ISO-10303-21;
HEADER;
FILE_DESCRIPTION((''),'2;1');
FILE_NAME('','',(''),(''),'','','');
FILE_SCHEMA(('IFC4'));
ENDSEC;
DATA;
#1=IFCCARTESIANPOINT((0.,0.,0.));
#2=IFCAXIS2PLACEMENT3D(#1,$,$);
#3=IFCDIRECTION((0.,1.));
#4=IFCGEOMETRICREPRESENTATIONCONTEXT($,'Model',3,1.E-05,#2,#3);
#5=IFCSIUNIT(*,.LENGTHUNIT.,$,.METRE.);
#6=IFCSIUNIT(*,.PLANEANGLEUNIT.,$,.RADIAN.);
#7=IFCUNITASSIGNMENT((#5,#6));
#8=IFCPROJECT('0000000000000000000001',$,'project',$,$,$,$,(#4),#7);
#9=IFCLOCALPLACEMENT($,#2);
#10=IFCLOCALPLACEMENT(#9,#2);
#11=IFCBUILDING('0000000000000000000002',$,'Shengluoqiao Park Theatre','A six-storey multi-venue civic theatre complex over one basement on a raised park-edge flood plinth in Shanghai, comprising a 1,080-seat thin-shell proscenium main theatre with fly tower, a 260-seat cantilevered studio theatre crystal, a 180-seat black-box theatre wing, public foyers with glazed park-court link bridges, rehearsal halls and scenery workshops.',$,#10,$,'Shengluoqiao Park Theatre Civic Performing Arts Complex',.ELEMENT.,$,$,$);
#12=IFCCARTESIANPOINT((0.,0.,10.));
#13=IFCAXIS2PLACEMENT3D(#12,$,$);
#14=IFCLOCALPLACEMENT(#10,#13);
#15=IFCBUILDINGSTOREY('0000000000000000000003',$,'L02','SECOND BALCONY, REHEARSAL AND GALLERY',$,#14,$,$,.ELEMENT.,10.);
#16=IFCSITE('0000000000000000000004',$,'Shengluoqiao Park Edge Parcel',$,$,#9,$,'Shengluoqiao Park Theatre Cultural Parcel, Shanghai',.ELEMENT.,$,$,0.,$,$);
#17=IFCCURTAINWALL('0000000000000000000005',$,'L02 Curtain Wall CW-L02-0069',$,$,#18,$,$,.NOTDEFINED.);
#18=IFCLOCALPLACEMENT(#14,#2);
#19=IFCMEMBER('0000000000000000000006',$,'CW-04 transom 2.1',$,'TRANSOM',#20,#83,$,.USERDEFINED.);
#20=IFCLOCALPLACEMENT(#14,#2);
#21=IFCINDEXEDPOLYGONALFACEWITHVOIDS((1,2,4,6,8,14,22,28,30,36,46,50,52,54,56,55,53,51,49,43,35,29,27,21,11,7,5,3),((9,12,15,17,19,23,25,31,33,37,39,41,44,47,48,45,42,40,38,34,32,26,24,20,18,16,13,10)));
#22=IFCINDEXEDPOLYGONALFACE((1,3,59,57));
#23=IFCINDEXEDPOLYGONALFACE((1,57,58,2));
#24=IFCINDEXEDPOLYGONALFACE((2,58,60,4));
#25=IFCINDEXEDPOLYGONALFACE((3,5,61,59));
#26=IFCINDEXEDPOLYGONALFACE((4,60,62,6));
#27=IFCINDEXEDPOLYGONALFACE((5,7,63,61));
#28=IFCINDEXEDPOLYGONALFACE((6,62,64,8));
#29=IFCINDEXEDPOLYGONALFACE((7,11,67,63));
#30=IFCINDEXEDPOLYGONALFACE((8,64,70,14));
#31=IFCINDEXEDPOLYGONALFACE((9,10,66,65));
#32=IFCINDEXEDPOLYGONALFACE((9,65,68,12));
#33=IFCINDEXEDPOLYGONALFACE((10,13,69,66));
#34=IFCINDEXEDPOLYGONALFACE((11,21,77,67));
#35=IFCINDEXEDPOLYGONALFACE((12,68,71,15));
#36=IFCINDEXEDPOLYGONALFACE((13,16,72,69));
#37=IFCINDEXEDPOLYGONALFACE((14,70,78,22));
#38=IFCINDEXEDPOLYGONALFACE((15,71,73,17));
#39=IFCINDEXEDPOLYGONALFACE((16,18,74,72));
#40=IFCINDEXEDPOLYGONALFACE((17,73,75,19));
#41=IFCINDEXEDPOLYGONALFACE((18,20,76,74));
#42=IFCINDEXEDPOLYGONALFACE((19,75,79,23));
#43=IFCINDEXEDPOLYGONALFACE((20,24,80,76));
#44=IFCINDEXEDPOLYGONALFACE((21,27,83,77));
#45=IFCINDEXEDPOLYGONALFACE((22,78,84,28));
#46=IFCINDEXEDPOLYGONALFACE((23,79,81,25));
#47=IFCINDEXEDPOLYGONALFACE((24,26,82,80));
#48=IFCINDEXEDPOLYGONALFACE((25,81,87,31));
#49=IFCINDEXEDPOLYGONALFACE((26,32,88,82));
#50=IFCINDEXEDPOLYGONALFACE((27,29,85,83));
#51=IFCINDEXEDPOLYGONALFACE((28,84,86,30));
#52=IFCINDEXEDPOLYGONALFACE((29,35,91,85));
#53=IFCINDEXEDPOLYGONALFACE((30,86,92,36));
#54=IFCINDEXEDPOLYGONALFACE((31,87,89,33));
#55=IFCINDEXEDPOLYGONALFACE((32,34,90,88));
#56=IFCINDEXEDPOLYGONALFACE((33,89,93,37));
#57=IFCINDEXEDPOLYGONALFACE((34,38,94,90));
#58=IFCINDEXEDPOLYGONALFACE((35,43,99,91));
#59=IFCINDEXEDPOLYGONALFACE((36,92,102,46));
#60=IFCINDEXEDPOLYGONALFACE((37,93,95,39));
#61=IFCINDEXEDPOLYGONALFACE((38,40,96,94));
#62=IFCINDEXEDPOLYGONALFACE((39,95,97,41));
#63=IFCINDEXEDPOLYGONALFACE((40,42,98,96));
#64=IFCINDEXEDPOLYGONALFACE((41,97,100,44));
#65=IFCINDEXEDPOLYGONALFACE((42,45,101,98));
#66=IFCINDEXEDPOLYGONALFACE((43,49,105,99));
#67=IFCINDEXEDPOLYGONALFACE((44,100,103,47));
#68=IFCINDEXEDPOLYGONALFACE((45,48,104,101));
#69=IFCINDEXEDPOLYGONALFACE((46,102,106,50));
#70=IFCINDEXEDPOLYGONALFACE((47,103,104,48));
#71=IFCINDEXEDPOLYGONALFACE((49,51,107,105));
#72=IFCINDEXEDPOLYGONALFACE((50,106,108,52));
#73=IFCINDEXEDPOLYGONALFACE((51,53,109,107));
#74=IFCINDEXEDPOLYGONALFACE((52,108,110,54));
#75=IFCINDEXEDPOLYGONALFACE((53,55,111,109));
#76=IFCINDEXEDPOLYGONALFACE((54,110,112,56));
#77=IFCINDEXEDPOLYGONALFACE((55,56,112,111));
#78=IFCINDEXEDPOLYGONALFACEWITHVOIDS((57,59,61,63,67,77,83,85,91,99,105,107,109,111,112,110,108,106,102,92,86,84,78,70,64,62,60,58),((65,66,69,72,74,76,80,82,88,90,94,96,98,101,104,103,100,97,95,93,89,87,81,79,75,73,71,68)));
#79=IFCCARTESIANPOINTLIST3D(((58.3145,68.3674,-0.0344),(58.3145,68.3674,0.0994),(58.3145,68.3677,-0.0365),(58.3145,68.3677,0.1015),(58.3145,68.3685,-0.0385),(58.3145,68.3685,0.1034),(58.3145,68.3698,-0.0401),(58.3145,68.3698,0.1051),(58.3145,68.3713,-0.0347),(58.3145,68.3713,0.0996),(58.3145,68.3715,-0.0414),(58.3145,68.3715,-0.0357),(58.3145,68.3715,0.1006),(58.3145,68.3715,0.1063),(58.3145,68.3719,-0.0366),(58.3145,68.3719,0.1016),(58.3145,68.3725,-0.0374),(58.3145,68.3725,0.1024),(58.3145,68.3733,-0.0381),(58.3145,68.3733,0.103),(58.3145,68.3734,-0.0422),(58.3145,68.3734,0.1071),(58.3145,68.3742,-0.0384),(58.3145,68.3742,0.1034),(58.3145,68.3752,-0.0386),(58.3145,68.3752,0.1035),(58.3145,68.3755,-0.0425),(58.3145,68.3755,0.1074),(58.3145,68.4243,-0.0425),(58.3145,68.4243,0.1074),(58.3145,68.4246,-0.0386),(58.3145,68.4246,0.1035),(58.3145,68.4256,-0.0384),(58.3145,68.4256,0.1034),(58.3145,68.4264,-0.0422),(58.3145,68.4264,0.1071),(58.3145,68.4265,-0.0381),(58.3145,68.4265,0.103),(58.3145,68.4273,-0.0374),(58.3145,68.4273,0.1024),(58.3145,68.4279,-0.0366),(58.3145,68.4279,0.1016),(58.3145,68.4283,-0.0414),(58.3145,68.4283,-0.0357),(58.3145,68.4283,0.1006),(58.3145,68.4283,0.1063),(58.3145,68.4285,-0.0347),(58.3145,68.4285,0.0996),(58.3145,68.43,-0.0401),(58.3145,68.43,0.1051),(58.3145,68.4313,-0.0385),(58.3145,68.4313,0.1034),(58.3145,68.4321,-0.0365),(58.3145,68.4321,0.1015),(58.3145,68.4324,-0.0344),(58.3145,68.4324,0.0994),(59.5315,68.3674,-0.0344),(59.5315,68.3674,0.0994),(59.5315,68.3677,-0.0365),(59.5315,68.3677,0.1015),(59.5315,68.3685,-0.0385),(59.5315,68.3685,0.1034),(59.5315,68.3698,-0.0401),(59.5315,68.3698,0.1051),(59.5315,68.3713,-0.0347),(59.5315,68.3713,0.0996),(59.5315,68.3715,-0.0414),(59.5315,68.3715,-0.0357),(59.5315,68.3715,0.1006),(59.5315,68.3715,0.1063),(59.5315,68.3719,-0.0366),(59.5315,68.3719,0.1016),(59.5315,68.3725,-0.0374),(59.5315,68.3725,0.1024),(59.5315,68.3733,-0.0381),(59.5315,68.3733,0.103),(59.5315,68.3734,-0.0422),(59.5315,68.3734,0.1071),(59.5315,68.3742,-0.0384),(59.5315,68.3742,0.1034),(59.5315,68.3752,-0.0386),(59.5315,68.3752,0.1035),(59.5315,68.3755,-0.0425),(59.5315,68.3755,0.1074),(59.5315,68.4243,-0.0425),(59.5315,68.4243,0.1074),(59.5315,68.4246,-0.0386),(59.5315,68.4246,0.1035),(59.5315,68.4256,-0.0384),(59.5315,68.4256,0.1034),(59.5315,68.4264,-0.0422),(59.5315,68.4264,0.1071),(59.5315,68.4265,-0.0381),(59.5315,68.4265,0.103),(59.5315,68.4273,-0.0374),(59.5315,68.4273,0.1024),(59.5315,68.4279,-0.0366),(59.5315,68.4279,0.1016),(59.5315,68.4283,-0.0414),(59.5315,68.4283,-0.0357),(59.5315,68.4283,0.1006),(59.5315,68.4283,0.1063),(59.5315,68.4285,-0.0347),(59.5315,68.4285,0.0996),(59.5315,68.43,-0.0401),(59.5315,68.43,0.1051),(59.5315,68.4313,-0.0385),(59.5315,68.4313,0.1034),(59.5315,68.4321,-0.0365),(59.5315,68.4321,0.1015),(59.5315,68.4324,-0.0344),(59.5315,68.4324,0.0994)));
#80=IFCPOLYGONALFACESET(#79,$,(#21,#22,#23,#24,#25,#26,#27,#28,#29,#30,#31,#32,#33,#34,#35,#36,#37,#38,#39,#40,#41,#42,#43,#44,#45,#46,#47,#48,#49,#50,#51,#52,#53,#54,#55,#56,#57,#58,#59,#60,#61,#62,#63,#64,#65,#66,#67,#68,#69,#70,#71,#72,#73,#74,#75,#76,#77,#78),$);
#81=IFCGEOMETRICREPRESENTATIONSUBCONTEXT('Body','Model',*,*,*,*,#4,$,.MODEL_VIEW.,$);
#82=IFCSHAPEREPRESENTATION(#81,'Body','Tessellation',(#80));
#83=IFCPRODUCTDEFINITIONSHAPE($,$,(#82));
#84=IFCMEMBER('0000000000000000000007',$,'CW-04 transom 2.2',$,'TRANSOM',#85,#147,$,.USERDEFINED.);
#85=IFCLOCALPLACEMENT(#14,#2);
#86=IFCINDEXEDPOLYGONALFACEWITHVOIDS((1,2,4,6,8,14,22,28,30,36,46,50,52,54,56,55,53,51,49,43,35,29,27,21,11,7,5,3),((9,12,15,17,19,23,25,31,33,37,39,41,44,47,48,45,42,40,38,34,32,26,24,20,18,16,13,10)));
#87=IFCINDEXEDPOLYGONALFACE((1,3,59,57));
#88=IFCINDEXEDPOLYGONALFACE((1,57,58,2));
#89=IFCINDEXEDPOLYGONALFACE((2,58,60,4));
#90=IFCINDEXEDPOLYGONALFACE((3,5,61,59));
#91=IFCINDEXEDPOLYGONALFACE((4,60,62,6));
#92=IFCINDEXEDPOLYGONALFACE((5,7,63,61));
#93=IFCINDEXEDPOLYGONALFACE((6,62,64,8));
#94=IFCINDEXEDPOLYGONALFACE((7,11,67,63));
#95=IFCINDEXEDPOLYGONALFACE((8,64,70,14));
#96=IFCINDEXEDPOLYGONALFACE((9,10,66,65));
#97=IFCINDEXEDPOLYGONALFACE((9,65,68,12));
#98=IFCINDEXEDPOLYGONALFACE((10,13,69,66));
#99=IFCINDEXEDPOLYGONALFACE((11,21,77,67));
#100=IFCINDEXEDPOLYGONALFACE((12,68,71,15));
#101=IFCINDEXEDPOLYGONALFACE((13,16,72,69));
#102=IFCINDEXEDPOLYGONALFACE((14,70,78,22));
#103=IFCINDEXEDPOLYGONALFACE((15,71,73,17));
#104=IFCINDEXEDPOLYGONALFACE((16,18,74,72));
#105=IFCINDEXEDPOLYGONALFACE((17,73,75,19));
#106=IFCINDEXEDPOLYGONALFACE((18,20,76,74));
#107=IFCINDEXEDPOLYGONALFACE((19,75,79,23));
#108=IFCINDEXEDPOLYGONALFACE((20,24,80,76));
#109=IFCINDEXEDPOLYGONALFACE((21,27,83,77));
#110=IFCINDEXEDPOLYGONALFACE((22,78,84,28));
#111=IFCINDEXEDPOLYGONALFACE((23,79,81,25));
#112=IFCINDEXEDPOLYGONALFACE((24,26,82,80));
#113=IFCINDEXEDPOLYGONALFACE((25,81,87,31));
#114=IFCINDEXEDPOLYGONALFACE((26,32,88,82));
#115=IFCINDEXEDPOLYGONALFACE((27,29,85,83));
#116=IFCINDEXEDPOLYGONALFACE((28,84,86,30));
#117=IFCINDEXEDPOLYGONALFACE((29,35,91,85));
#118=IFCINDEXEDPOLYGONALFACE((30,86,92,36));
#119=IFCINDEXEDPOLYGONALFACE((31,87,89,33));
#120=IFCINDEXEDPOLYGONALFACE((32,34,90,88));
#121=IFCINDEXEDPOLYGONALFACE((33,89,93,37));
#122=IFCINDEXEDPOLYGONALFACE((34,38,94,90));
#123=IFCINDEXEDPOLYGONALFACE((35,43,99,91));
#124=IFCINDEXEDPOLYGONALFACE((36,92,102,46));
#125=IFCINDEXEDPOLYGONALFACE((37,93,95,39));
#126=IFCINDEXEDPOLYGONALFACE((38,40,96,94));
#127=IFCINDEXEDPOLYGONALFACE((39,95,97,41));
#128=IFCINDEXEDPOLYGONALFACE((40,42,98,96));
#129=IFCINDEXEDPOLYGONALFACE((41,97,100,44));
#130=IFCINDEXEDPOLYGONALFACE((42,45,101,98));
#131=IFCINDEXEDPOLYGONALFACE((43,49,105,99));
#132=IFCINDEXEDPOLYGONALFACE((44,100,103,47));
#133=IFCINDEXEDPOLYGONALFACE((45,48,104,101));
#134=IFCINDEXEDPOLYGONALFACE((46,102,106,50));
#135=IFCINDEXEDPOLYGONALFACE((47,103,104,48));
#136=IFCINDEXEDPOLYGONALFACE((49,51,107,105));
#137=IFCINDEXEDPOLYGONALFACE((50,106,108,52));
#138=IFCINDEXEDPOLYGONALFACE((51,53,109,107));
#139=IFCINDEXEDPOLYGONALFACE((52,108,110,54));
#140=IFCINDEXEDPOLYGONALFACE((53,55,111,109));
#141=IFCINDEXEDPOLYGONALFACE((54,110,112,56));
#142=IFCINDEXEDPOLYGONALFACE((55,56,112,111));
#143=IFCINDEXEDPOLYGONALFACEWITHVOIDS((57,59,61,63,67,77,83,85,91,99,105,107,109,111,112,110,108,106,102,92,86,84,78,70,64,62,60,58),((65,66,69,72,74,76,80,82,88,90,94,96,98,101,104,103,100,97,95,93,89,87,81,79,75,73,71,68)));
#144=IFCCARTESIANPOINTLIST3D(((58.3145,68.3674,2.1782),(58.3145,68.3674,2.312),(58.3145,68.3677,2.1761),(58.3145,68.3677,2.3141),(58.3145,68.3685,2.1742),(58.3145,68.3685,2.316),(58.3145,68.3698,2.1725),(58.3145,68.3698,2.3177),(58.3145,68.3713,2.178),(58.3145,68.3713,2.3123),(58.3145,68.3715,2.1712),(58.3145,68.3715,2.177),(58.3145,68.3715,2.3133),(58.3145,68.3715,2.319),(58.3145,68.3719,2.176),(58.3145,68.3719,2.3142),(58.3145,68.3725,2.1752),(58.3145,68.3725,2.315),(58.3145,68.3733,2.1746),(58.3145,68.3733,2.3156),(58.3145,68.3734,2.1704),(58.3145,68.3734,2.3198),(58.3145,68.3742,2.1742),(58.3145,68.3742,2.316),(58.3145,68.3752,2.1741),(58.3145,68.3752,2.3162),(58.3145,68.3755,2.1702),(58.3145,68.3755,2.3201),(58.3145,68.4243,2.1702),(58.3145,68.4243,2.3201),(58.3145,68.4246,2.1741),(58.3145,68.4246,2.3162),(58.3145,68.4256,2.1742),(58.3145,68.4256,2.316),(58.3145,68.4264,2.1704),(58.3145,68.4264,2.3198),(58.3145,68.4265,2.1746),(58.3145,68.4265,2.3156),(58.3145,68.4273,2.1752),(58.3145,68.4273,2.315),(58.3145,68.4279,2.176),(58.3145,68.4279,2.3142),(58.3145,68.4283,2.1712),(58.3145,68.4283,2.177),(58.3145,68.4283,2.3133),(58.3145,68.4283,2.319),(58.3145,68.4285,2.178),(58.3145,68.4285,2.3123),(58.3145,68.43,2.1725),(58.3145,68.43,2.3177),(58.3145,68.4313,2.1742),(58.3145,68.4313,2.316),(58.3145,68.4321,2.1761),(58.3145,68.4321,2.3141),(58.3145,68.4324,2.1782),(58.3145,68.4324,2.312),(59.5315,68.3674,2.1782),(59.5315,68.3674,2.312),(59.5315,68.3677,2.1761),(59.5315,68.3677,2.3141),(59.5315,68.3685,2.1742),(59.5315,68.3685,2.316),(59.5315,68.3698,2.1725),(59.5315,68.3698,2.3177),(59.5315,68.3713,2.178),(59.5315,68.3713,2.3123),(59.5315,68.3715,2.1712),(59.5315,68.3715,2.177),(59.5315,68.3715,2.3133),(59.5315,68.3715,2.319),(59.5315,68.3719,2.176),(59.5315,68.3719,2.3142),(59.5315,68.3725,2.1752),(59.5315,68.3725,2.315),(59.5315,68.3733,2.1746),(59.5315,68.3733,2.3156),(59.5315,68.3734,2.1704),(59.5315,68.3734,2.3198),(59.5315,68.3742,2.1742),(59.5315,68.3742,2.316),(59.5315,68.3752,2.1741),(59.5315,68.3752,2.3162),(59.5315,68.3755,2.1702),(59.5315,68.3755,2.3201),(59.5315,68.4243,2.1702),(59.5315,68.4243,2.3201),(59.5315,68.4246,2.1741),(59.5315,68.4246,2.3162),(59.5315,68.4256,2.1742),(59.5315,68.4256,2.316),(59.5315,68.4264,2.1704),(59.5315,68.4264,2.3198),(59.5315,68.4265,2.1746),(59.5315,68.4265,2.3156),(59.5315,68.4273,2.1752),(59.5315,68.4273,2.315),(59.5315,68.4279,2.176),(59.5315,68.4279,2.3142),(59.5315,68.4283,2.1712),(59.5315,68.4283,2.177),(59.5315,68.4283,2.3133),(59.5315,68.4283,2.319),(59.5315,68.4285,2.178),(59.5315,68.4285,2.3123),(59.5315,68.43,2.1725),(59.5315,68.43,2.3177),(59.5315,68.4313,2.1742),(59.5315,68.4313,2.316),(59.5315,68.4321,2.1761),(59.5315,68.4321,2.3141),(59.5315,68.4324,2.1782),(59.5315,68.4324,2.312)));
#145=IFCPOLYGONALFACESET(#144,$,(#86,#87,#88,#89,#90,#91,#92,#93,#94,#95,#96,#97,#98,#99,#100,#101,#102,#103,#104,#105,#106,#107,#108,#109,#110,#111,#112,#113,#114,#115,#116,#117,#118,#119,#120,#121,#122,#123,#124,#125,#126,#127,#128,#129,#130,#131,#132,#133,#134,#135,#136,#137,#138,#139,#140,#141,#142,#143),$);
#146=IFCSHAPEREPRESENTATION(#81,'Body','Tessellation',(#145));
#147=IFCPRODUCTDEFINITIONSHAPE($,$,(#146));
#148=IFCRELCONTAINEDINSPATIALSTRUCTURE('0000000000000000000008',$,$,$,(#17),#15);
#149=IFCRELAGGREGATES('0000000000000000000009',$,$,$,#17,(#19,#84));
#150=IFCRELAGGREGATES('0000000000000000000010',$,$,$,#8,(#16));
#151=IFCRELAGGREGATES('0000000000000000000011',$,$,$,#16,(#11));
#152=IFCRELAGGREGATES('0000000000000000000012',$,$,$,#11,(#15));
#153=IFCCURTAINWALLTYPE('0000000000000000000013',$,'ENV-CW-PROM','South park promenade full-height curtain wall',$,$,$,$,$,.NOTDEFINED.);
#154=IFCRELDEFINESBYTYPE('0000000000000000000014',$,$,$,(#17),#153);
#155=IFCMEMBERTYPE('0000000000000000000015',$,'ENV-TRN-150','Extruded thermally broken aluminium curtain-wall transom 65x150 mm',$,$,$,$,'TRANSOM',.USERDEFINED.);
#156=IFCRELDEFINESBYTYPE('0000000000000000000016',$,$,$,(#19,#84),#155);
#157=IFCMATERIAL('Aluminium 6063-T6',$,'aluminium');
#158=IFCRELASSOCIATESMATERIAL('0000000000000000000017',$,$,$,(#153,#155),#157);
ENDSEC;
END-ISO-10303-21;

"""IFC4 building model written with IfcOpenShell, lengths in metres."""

from ifc_helpers import new_model, si_unit, direction, frame, origin, origin_2d, place, context, subcontext, project, spatial, hollow_rectangle, extrude, material, material_profile, profile_set, type_object, element, aggregate, save


model = new_model("IFC4")

# Units and contexts
model_context = context("Model", 3, precision=1e-05, world=origin(), true_north=direction((0.0, 1.0)))
body_context = subcontext(model_context, "Body", "Model", "MODEL_VIEW")
ifc_project = project(units=[si_unit("LENGTHUNIT", "METRE"), si_unit("PLANEANGLEUNIT", "RADIAN")], contexts=[model_context])

# Site, building, storey
site_placement = place(None, origin())
site = spatial("IfcSite", under=ifc_project, at=site_placement, Name="Shengluoqiao Park Edge Parcel", LongName="Shengluoqiao Park Theatre Cultural Parcel, Shanghai", CompositionType="ELEMENT", RefElevation=0.0)
building_placement = place(site_placement, origin())
building = spatial("IfcBuilding", under=site, at=building_placement, Name="Shengluoqiao Park Theatre", Description="A six-storey multi-venue civic theatre complex over one basement on a raised park-edge flood plinth in Shanghai, comprising a 1,080-seat thin-shell proscenium main theatre with fly tower, a 260-seat cantilevered studio theatre crystal, a 180-seat black-box theatre wing, public foyers with glazed park-court link bridges, rehearsal halls and scenery workshops.", LongName="Shengluoqiao Park Theatre Civic Performing Arts Complex", CompositionType="ELEMENT")
storey_placement = place(building_placement, frame((0.0, 0.0, 10.0)))
storey = spatial("IfcBuildingStorey", under=building, at=storey_placement, Name="L02", Description="SECOND BALCONY, REHEARSAL AND GALLERY", CompositionType="ELEMENT", Elevation=10.0)

# Curtain wall
ifc_material_1 = material(Name="Aluminium 6063-T6", Category="aluminium")
curtain_wall_type = type_object("IfcCurtainWallType", Name="ENV-CW-PROM", Description="South park promenade full-height curtain wall", PredefinedType="NOTDEFINED", material=ifc_material_1)
curtain_wall_1_placement = place(storey_placement, origin())
curtain_wall_1 = element("IfcCurtainWall", 1, at=curtain_wall_1_placement, inside=storey, type_object=curtain_wall_type, Name="L02 Curtain Wall CW-L02-0069", PredefinedType="NOTDEFINED")

# Members
ifc_material_profile_1 = material_profile(ifc_material_1, hollow_rectangle(XDim=0.0649, YDim=0.1499, WallThickness=0.0039, InnerFilletRadius=0.0039, OuterFilletRadius=0.0081, at=origin_2d()), Name="ALU TRANSOM 150x65x4")
ifc_profile_set_1 = profile_set([ifc_material_profile_1], Name="Aluminium 6063-T6")
member_type_1 = type_object("IfcMemberType", Name="ENV-TRN-150", Description="Extruded thermally broken aluminium curtain-wall transom 65x150 mm", ElementType="TRANSOM", PredefinedType="USERDEFINED", material=ifc_profile_set_1)
member_1_placement = place(storey_placement, frame((58.3145, 68.3999, 0.0325), z_axis=(1.0, 0.0, 0.0), x_axis=(0.0, 1.0, 0.0)))
member_1 = element("IfcMember", 2, at=member_1_placement, type_object=member_type_1, Name="CW-04 transom 2.1", ObjectType="TRANSOM", PredefinedType="USERDEFINED", context=body_context, shape_type="SweptSolid", body=[
    extrude(hollow_rectangle(XDim=0.0649, YDim=0.1499, WallThickness=0.0039, InnerFilletRadius=0.0039, OuterFilletRadius=0.0081, at=origin_2d()), origin(), (0.0, 0.0, 1.0), 1.217),
])
member_2_placement = place(storey_placement, frame((58.3145, 68.3999, 2.2451), z_axis=(1.0, 0.0, 0.0), x_axis=(0.0, 1.0, 0.0)))
member_2 = element("IfcMember", 3, at=member_2_placement, type_object=member_type_1, Name="CW-04 transom 2.2", ObjectType="TRANSOM", PredefinedType="USERDEFINED", context=body_context, shape_type="SweptSolid", body=[
    extrude(hollow_rectangle(XDim=0.0649, YDim=0.1499, WallThickness=0.0039, InnerFilletRadius=0.0039, OuterFilletRadius=0.0081, at=origin_2d()), origin(), (0.0, 0.0, 1.0), 1.217),
])

aggregate(curtain_wall_1, [member_1, member_2])

save(model, "model.ifc")
